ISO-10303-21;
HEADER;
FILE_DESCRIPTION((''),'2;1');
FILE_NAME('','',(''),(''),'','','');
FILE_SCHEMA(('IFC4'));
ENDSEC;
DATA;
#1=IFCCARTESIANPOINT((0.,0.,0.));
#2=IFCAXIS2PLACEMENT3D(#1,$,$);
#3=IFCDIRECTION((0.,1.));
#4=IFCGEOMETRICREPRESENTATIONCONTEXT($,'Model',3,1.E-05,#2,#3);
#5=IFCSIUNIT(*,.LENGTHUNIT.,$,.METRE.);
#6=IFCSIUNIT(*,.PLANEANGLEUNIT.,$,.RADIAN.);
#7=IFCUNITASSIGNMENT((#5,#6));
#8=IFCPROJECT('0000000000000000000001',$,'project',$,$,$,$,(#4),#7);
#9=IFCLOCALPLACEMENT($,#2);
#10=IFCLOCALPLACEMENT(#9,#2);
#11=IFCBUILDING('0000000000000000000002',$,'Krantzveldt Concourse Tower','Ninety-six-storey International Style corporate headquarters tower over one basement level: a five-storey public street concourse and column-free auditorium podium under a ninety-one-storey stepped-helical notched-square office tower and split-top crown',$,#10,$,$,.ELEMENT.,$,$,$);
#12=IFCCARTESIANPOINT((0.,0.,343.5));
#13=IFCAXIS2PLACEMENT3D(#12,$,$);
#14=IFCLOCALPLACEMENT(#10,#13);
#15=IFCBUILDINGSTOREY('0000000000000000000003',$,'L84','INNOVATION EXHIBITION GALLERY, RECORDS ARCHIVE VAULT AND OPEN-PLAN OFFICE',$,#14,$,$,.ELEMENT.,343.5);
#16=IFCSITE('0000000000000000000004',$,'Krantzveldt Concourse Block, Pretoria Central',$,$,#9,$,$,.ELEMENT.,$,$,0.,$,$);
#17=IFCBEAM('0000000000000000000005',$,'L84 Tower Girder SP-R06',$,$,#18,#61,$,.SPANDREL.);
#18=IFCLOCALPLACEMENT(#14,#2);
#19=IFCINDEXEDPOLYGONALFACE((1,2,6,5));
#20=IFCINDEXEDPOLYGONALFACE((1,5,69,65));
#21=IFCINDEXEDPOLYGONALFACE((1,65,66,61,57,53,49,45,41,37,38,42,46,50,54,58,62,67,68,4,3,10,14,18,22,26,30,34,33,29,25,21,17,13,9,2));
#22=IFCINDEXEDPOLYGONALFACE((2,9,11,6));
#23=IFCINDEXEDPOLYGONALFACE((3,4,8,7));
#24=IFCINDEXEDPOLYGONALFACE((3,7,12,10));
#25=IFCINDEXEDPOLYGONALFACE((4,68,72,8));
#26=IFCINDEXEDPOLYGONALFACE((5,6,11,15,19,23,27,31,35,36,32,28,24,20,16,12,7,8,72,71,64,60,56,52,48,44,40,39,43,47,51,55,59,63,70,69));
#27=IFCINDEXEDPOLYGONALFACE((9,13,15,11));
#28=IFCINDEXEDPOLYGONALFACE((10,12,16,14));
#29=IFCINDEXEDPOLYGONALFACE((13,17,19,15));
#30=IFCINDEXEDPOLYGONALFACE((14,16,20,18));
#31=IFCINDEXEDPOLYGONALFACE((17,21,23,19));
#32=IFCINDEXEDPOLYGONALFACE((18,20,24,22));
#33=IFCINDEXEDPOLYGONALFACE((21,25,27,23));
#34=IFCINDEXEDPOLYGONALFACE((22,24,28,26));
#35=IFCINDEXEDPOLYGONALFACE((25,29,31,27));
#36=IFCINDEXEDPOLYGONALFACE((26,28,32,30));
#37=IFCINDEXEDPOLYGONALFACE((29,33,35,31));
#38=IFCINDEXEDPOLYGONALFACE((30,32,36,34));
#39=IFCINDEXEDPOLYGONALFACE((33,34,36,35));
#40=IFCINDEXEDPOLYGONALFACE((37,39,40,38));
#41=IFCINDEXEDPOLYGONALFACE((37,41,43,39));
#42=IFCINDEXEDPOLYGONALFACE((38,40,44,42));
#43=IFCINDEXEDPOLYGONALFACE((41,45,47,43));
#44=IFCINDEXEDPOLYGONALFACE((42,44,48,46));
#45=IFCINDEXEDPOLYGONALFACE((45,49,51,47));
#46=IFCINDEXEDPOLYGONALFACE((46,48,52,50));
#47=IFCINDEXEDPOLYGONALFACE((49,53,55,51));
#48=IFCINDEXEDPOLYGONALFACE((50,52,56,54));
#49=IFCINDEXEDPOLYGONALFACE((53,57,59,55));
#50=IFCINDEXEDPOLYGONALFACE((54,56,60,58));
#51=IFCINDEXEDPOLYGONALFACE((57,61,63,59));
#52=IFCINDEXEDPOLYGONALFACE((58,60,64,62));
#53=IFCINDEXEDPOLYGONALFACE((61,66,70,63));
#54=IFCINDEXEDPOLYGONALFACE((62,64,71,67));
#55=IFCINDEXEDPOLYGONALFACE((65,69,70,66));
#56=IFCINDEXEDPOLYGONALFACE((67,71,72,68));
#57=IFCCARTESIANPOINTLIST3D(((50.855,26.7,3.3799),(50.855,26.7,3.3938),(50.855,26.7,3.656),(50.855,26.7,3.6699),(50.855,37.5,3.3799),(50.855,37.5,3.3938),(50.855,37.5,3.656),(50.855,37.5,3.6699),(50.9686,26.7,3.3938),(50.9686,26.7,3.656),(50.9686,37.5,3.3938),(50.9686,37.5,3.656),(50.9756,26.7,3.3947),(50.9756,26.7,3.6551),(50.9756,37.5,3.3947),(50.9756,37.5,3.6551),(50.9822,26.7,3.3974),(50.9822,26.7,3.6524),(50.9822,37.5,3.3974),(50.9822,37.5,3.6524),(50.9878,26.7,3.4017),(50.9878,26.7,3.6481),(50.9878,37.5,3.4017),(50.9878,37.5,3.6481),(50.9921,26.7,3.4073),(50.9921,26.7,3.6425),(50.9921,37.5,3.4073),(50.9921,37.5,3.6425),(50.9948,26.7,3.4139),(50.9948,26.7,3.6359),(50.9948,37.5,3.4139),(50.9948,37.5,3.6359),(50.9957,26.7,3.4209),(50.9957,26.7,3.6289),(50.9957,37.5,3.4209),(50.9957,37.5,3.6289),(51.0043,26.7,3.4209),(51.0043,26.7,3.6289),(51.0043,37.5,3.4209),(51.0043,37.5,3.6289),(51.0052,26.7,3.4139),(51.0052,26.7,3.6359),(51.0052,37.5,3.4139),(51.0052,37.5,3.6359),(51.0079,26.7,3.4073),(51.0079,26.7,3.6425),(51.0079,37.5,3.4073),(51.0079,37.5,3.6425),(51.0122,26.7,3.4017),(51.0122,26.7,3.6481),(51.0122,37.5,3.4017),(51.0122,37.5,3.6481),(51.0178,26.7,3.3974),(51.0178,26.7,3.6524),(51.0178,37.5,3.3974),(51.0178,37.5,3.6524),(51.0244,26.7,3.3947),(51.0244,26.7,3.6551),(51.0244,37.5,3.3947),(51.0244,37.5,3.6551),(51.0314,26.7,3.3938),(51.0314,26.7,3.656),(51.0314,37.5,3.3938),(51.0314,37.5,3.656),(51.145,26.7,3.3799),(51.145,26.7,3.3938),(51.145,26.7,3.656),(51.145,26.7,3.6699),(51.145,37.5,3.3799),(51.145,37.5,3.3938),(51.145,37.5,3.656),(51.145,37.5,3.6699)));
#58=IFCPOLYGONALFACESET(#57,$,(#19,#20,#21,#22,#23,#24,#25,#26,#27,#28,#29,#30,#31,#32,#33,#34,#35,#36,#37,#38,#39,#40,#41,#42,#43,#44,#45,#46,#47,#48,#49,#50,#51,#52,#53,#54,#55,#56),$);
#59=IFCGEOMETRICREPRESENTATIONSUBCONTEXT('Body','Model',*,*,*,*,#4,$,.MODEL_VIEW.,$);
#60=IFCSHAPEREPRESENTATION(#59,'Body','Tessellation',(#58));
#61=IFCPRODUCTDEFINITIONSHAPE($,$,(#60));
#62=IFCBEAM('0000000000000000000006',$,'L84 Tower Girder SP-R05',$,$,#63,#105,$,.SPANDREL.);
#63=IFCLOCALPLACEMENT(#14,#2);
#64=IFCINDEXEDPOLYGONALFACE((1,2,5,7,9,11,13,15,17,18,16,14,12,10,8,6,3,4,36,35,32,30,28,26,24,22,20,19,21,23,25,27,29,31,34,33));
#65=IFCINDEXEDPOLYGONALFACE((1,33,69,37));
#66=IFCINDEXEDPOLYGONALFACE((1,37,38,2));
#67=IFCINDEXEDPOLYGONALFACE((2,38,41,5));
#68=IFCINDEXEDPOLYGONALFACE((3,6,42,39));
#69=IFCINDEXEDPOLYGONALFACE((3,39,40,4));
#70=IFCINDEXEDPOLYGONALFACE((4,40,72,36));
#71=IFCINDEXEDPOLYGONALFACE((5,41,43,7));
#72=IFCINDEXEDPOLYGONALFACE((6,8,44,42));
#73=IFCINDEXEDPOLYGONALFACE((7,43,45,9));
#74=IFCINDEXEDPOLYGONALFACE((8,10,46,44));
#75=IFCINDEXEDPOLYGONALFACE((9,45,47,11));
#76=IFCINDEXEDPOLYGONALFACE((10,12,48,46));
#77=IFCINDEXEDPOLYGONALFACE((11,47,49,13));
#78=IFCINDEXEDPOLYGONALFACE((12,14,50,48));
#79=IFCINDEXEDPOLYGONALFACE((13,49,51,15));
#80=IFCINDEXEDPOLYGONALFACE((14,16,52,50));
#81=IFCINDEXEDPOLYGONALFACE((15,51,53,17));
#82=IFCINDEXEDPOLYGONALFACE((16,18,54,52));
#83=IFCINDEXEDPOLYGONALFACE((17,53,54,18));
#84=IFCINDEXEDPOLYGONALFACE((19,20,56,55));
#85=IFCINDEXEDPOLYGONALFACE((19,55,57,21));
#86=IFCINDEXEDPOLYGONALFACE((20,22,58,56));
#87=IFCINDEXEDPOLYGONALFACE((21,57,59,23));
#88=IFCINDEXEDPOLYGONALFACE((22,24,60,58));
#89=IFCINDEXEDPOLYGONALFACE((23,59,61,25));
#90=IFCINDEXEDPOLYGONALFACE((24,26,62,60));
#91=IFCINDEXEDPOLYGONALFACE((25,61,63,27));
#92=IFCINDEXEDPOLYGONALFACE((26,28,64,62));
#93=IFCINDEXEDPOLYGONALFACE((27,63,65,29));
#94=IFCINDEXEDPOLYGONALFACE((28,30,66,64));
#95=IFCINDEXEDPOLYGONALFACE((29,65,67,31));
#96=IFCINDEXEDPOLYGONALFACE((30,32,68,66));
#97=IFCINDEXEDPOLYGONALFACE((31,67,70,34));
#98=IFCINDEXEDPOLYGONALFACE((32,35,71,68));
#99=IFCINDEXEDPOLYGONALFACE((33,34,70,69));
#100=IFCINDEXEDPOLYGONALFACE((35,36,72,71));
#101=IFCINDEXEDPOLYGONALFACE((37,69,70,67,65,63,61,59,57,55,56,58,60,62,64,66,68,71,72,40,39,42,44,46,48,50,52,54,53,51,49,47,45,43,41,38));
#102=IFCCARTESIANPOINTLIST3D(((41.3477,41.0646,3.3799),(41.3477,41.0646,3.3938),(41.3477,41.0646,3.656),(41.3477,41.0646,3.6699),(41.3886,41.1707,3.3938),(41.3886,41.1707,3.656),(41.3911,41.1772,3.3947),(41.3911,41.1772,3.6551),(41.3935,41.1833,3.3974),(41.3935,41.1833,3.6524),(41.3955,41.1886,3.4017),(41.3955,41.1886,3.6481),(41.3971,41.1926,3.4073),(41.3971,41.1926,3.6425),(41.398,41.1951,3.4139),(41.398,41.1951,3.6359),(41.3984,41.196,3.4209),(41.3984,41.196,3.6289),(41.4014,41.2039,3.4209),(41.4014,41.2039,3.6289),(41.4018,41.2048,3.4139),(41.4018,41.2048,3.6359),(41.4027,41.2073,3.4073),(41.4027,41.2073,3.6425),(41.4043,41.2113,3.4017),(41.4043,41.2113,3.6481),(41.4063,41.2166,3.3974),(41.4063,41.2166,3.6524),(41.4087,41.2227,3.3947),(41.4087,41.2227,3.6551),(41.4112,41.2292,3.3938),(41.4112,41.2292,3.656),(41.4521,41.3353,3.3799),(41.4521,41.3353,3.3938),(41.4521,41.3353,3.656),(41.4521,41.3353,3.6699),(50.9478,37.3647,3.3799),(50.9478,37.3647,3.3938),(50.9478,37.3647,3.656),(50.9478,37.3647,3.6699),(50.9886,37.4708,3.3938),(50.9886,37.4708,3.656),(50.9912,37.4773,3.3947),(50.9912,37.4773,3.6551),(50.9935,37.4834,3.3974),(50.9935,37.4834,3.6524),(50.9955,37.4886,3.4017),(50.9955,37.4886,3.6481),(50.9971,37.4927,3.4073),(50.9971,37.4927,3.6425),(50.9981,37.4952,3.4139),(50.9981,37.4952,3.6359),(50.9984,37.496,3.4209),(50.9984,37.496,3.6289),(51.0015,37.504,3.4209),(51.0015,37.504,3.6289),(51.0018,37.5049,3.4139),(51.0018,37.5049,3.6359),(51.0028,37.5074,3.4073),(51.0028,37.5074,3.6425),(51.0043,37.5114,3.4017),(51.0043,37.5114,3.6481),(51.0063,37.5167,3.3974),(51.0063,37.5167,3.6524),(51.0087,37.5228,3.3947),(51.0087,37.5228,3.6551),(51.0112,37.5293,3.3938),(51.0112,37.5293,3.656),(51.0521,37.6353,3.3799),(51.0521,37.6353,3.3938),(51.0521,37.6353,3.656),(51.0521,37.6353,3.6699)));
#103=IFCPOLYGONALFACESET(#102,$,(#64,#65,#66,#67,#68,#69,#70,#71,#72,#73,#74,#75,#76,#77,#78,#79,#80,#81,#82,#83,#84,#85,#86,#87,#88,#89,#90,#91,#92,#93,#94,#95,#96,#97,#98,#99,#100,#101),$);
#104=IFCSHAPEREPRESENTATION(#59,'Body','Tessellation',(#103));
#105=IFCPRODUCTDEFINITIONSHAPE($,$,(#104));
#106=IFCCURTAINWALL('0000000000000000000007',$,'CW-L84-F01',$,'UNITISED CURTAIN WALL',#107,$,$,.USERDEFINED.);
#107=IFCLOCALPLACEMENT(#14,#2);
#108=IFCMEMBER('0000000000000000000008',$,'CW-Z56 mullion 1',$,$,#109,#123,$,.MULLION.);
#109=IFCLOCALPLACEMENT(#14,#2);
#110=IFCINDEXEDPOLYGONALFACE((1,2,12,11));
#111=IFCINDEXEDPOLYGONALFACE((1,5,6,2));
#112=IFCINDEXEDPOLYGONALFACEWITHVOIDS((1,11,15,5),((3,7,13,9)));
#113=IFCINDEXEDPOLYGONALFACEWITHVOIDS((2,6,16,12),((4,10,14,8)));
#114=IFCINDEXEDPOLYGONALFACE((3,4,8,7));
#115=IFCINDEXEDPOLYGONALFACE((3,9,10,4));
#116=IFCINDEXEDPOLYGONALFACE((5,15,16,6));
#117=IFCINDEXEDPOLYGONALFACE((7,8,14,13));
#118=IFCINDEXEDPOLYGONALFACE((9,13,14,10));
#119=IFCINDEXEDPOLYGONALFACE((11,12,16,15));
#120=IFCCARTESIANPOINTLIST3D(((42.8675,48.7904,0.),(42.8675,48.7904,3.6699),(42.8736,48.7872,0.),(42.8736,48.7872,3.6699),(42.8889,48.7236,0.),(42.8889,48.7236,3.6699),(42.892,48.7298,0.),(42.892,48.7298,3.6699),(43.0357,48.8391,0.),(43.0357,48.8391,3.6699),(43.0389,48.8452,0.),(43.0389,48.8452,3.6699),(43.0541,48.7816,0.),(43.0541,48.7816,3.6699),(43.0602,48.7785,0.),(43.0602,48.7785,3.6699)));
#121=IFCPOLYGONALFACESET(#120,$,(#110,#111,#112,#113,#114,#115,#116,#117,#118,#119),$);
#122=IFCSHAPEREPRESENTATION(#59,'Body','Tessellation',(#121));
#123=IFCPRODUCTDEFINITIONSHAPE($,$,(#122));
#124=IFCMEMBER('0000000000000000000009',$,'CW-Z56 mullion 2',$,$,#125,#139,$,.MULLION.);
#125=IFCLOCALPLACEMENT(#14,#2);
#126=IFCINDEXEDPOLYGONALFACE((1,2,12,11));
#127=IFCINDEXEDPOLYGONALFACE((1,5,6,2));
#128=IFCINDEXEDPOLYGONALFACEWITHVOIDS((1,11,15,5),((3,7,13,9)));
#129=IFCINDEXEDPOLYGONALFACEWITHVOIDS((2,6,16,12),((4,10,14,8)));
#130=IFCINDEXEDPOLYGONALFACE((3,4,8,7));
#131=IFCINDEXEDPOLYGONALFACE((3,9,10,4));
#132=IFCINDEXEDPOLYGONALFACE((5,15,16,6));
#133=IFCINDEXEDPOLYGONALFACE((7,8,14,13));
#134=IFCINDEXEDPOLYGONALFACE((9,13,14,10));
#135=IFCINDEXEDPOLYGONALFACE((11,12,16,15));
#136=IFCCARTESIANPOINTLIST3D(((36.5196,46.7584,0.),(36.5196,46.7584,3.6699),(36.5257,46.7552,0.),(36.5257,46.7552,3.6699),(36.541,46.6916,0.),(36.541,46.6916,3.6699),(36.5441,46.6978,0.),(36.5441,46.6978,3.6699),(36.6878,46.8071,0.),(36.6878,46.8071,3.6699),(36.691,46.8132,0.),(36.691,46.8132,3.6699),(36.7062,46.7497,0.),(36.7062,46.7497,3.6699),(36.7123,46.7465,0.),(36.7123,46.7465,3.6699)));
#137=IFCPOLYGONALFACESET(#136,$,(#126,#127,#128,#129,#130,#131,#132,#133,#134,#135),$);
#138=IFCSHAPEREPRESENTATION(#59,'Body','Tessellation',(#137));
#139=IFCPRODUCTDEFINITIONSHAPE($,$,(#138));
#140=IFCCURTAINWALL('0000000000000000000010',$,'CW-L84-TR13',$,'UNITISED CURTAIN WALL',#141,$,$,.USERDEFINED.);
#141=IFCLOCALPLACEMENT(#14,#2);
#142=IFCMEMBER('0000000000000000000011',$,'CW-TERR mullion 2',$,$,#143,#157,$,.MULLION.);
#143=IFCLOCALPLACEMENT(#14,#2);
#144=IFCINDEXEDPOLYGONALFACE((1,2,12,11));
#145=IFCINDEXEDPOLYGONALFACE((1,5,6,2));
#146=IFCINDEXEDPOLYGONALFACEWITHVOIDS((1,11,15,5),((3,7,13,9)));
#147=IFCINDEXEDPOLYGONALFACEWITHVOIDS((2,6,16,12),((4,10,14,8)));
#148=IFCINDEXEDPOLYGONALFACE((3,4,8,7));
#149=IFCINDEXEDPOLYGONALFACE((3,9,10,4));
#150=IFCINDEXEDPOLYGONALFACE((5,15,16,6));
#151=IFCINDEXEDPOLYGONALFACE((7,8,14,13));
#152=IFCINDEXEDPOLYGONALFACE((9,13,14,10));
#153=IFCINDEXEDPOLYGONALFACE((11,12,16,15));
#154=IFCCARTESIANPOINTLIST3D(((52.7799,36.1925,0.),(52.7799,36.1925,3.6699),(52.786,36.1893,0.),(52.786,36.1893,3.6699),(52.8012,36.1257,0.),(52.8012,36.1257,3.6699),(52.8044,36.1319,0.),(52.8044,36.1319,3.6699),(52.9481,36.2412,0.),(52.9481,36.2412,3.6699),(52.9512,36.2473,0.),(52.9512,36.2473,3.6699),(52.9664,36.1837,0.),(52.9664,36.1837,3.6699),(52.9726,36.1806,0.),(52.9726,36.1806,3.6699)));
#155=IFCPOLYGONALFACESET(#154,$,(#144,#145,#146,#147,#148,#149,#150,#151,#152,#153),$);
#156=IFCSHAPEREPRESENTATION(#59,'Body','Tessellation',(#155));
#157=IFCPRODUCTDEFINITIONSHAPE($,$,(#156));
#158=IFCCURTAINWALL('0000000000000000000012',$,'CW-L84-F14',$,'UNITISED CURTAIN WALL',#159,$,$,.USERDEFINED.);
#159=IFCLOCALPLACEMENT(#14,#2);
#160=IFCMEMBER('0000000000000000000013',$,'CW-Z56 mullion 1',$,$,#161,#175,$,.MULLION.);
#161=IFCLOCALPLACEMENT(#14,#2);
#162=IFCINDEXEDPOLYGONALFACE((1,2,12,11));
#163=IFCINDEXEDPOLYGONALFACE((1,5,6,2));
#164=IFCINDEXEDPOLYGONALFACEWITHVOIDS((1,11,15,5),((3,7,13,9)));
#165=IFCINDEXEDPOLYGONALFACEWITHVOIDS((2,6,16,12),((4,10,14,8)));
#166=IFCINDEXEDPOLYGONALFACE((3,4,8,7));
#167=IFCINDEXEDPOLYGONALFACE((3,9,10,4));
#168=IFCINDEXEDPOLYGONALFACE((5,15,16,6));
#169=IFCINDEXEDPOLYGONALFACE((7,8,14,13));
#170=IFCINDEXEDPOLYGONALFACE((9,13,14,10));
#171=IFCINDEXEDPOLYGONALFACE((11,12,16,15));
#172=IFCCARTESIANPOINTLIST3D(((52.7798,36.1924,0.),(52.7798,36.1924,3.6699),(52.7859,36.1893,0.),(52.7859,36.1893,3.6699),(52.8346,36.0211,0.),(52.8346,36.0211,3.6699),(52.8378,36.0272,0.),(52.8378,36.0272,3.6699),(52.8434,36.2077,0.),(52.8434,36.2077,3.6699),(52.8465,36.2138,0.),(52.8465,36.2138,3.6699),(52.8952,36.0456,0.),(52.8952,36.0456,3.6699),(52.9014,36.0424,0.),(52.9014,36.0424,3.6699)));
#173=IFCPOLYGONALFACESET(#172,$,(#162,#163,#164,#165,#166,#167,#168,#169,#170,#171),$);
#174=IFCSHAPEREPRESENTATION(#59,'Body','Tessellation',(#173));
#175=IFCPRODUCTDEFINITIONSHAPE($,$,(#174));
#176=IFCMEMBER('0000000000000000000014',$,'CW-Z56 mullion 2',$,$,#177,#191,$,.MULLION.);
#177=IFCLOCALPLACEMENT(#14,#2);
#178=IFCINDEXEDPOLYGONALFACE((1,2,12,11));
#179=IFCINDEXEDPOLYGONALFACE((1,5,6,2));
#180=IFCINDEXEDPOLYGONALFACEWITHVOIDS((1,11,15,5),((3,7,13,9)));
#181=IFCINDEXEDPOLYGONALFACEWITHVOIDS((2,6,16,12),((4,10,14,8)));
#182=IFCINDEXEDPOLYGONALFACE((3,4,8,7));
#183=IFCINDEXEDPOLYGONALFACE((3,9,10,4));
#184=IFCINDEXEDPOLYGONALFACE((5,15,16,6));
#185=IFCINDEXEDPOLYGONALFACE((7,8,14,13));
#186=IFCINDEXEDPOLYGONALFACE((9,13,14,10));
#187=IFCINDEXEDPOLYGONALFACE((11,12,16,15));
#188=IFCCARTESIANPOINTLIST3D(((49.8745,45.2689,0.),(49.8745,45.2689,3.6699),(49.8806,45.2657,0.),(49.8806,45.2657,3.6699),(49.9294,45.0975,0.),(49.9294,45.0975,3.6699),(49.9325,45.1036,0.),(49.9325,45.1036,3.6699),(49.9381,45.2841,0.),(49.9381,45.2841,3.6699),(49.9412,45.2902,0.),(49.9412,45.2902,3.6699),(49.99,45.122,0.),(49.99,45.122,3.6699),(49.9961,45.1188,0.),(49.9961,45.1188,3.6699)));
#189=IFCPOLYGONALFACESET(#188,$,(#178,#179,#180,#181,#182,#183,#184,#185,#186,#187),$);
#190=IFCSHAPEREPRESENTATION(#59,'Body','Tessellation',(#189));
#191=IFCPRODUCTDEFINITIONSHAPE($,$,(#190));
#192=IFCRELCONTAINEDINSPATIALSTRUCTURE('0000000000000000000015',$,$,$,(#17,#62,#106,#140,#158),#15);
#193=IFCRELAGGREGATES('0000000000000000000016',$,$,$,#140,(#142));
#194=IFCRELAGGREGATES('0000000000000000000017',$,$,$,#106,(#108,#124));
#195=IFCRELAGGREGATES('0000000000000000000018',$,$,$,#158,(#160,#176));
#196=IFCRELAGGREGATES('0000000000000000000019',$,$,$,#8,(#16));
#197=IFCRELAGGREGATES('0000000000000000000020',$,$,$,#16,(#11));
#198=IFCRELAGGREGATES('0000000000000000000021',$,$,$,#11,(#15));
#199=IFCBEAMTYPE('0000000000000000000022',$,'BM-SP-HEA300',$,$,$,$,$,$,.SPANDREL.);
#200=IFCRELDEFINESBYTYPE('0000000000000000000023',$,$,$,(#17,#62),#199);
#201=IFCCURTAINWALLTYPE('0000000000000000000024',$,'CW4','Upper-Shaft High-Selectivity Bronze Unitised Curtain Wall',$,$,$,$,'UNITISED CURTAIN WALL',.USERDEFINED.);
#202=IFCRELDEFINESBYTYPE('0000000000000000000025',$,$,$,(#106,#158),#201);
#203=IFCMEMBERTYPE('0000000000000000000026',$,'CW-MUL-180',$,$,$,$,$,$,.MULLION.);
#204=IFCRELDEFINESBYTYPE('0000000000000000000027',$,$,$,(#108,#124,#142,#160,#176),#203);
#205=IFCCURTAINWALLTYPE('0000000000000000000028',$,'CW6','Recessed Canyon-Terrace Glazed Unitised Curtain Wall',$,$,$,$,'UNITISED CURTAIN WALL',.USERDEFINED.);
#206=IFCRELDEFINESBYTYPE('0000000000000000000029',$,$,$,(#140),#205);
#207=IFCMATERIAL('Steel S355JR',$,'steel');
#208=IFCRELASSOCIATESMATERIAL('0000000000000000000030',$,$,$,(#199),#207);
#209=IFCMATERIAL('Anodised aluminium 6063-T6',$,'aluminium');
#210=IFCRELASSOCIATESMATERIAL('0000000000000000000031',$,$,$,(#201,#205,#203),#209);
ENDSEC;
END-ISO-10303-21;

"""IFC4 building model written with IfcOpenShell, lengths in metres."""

from ifc_helpers import new_model, si_unit, direction, frame, origin, origin_2d, place, context, subcontext, project, spatial, hollow_rectangle, i_section, extrude, source, transform, mapped, material, material_profile, profile_set, type_object, type_shapes, element, aggregate, save


model = new_model("IFC4")

# Units and contexts
model_context = context("Model", 3, precision=1e-05, world=origin(), true_north=direction((0.0, 1.0)))
body_context = subcontext(model_context, "Body", "Model", "MODEL_VIEW")
ifc_project = project(units=[si_unit("LENGTHUNIT", "METRE"), si_unit("PLANEANGLEUNIT", "RADIAN")], contexts=[model_context])

# Site, building, storey
site_placement = place(None, origin())
site = spatial("IfcSite", under=ifc_project, at=site_placement, Name="Krantzveldt Concourse Block, Pretoria Central", CompositionType="ELEMENT", RefElevation=0.0)
building_placement = place(site_placement, origin())
building = spatial("IfcBuilding", under=site, at=building_placement, Name="Krantzveldt Concourse Tower", Description="Ninety-six-storey International Style corporate headquarters tower over one basement level: a five-storey public street concourse and column-free auditorium podium under a ninety-one-storey stepped-helical notched-square office tower and split-top crown", CompositionType="ELEMENT")
storey_placement = place(building_placement, frame((0.0, 0.0, 343.5)))
storey = spatial("IfcBuildingStorey", under=building, at=storey_placement, Name="L84", Description="INNOVATION EXHIBITION GALLERY, RECORDS ARCHIVE VAULT AND OPEN-PLAN OFFICE", CompositionType="ELEMENT", Elevation=343.5)

# Beams
ifc_material_1 = material(Name="Steel S355JR", Category="steel")
ifc_material_profile_1 = material_profile(ifc_material_1, i_section(OverallWidth=0.29, OverallDepth=0.29, WebThickness=0.0085, FlangeThickness=0.0139, FilletRadius=0.0271, at=origin_2d()), Name="Steel S355JR", Category="steel")
ifc_profile_set_1 = profile_set([ifc_material_profile_1], Name="Steel S355JR - HEA 300")
beam_type_1 = type_object("IfcBeamType", Name="BM-SP-HEA300", PredefinedType="SPANDREL", material=ifc_profile_set_1)
shared_shape_1 = source(origin(), body_context, "Body", "SweptSolid", [
    extrude(i_section(OverallWidth=0.29, OverallDepth=0.29, WebThickness=0.0085, FlangeThickness=0.0139, FilletRadius=0.0271, at=origin_2d()), origin(), (0.0, 0.0, 1.0), 10.8),
])
beam_1_placement = place(storey_placement, frame((51.0, 37.5, 3.5249), z_axis=(0.0, -1.0, 0.0), x_axis=(1.0, 0.0, 0.0)))
element("IfcBeam", 1, at=beam_1_placement, inside=storey, type_object=beam_type_1, Name="L84 Tower Girder SP-R06", PredefinedType="SPANDREL", context=body_context, shape_type="MappedRepresentation", body=[
    mapped(shared_shape_1, transform((0.0, 0.0, 0.0), x_axis=(1.0, 0.0, 0.0), y_axis=(0.0, 1.0, 0.0), z_axis=(0.0, 0.0, 1.0), scale=1.0)),
])
shared_shape_2 = source(origin(), body_context, "Body", "SweptSolid", [
    extrude(i_section(OverallWidth=0.29, OverallDepth=0.29, WebThickness=0.0085, FlangeThickness=0.0139, FilletRadius=0.0271, at=origin_2d()), origin(), (0.0, 0.0, 1.0), 10.2883),
])
type_shapes(beam_type_1, [shared_shape_1, shared_shape_2])
beam_2_placement = place(storey_placement, frame((41.3999, 41.2, 3.5249), z_axis=(0.933098, -0.359623, 0.0), x_axis=(0.359623, 0.933098, 0.0)))
element("IfcBeam", 2, at=beam_2_placement, inside=storey, type_object=beam_type_1, Name="L84 Tower Girder SP-R05", PredefinedType="SPANDREL", context=body_context, shape_type="MappedRepresentation", body=[
    mapped(shared_shape_2, transform((0.0, 0.0, 0.0), x_axis=(1.0, 0.0, 0.0), y_axis=(0.0, 1.0, 0.0), z_axis=(0.0, 0.0, 1.0), scale=1.0)),
])

# Curtain wall, members
ifc_material_2 = material(Name="Anodised aluminium 6063-T6", Category="aluminium")
curtain_wall_type_1 = type_object("IfcCurtainWallType", Name="CW4", Description="Upper-Shaft High-Selectivity Bronze Unitised Curtain Wall", ElementType="UNITISED CURTAIN WALL", PredefinedType="USERDEFINED", material=ifc_material_2)
curtain_wall_1_placement = place(storey_placement, origin())
curtain_wall_1 = element("IfcCurtainWall", 3, at=curtain_wall_1_placement, inside=storey, type_object=curtain_wall_type_1, Name="CW-L84-F01", ObjectType="UNITISED CURTAIN WALL", PredefinedType="USERDEFINED")
ifc_material_profile_2 = material_profile(ifc_material_2, hollow_rectangle(XDim=0.0701, YDim=0.1799, WallThickness=0.0049, at=origin_2d()), Name="Anodised aluminium 6063-T6", Category="aluminium")
ifc_profile_set_2 = profile_set([ifc_material_profile_2], Name="Anodised aluminium 6063-T6 - ALU-MULL 180x70x5")
member_type_1 = type_object("IfcMemberType", Name="CW-MUL-180", PredefinedType="MULLION", material=ifc_profile_set_2)
shared_shape_3 = source(origin(), body_context, "Body", "SweptSolid", [
    extrude(hollow_rectangle(XDim=0.0701, YDim=0.1799, WallThickness=0.0049, at=origin_2d()), origin(), (0.0, 0.0, 1.0), 3.6699),
])
type_shapes(member_type_1, [shared_shape_3])
member_1_placement = place(storey_placement, frame((42.9639, 48.7844, 0.0), z_axis=(0.0, 0.0, 1.0), x_axis=(0.304864, -0.952396, 0.0)))
member_1 = element("IfcMember", 4, at=member_1_placement, type_object=member_type_1, Name="CW-Z56 mullion 1", PredefinedType="MULLION", context=body_context, shape_type="MappedRepresentation", body=[
    mapped(shared_shape_3, transform((0.0, 0.0, 0.0), x_axis=(1.0, 0.0, 0.0), y_axis=(0.0, 1.0, 0.0), z_axis=(0.0, 0.0, 1.0), scale=1.0)),
])
member_2_placement = place(storey_placement, frame((36.616, 46.7524, 0.0), z_axis=(0.0, 0.0, 1.0), x_axis=(0.304864, -0.952396, 0.0)))
member_2 = element("IfcMember", 5, at=member_2_placement, type_object=member_type_1, Name="CW-Z56 mullion 2", PredefinedType="MULLION", context=body_context, shape_type="MappedRepresentation", body=[
    mapped(shared_shape_3, transform((0.0, 0.0, 0.0), x_axis=(1.0, 0.0, 0.0), y_axis=(0.0, 1.0, 0.0), z_axis=(0.0, 0.0, 1.0), scale=1.0)),
])

# Curtain wall, member
curtain_wall_type_2 = type_object("IfcCurtainWallType", Name="CW6", Description="Recessed Canyon-Terrace Glazed Unitised Curtain Wall", ElementType="UNITISED CURTAIN WALL", PredefinedType="USERDEFINED", material=ifc_material_2)
curtain_wall_2_placement = place(storey_placement, origin())
curtain_wall_2 = element("IfcCurtainWall", 6, at=curtain_wall_2_placement, inside=storey, type_object=curtain_wall_type_2, Name="CW-L84-TR13", ObjectType="UNITISED CURTAIN WALL", PredefinedType="USERDEFINED")
member_3_placement = place(storey_placement, frame((52.8762, 36.1865, 0.0), z_axis=(0.0, 0.0, 1.0), x_axis=(-0.304864, 0.952396, 0.0)))
member_3 = element("IfcMember", 7, at=member_3_placement, type_object=member_type_1, Name="CW-TERR mullion 2", PredefinedType="MULLION", context=body_context, shape_type="MappedRepresentation", body=[
    mapped(shared_shape_3, transform((0.0, 0.0, 0.0), x_axis=(1.0, 0.0, 0.0), y_axis=(0.0, 1.0, 0.0), z_axis=(0.0, 0.0, 1.0), scale=1.0)),
])

# Curtain wall, members
curtain_wall_3_placement = place(storey_placement, origin())
curtain_wall_3 = element("IfcCurtainWall", 8, at=curtain_wall_3_placement, inside=storey, type_object=curtain_wall_type_1, Name="CW-L84-F14", ObjectType="UNITISED CURTAIN WALL", PredefinedType="USERDEFINED")
member_4_placement = place(storey_placement, frame((52.8406, 36.1174, 0.0), z_axis=(0.0, 0.0, 1.0), x_axis=(-0.952396, -0.304865, 0.0)))
member_4 = element("IfcMember", 9, at=member_4_placement, type_object=member_type_1, Name="CW-Z56 mullion 1", PredefinedType="MULLION", context=body_context, shape_type="MappedRepresentation", body=[
    mapped(shared_shape_3, transform((0.0, 0.0, 0.0), x_axis=(1.0, 0.0, 0.0), y_axis=(0.0, 1.0, 0.0), z_axis=(0.0, 0.0, 1.0), scale=1.0)),
])
member_5_placement = place(storey_placement, frame((49.9353, 45.1938, 0.0), z_axis=(0.0, 0.0, 1.0), x_axis=(-0.952396, -0.304865, 0.0)))
member_5 = element("IfcMember", 10, at=member_5_placement, type_object=member_type_1, Name="CW-Z56 mullion 2", PredefinedType="MULLION", context=body_context, shape_type="MappedRepresentation", body=[
    mapped(shared_shape_3, transform((0.0, 0.0, 0.0), x_axis=(1.0, 0.0, 0.0), y_axis=(0.0, 1.0, 0.0), z_axis=(0.0, 0.0, 1.0), scale=1.0)),
])

aggregate(curtain_wall_2, [member_3])
aggregate(curtain_wall_1, [member_1, member_2])
aggregate(curtain_wall_3, [member_4, member_5])

save(model, "model.ifc")
